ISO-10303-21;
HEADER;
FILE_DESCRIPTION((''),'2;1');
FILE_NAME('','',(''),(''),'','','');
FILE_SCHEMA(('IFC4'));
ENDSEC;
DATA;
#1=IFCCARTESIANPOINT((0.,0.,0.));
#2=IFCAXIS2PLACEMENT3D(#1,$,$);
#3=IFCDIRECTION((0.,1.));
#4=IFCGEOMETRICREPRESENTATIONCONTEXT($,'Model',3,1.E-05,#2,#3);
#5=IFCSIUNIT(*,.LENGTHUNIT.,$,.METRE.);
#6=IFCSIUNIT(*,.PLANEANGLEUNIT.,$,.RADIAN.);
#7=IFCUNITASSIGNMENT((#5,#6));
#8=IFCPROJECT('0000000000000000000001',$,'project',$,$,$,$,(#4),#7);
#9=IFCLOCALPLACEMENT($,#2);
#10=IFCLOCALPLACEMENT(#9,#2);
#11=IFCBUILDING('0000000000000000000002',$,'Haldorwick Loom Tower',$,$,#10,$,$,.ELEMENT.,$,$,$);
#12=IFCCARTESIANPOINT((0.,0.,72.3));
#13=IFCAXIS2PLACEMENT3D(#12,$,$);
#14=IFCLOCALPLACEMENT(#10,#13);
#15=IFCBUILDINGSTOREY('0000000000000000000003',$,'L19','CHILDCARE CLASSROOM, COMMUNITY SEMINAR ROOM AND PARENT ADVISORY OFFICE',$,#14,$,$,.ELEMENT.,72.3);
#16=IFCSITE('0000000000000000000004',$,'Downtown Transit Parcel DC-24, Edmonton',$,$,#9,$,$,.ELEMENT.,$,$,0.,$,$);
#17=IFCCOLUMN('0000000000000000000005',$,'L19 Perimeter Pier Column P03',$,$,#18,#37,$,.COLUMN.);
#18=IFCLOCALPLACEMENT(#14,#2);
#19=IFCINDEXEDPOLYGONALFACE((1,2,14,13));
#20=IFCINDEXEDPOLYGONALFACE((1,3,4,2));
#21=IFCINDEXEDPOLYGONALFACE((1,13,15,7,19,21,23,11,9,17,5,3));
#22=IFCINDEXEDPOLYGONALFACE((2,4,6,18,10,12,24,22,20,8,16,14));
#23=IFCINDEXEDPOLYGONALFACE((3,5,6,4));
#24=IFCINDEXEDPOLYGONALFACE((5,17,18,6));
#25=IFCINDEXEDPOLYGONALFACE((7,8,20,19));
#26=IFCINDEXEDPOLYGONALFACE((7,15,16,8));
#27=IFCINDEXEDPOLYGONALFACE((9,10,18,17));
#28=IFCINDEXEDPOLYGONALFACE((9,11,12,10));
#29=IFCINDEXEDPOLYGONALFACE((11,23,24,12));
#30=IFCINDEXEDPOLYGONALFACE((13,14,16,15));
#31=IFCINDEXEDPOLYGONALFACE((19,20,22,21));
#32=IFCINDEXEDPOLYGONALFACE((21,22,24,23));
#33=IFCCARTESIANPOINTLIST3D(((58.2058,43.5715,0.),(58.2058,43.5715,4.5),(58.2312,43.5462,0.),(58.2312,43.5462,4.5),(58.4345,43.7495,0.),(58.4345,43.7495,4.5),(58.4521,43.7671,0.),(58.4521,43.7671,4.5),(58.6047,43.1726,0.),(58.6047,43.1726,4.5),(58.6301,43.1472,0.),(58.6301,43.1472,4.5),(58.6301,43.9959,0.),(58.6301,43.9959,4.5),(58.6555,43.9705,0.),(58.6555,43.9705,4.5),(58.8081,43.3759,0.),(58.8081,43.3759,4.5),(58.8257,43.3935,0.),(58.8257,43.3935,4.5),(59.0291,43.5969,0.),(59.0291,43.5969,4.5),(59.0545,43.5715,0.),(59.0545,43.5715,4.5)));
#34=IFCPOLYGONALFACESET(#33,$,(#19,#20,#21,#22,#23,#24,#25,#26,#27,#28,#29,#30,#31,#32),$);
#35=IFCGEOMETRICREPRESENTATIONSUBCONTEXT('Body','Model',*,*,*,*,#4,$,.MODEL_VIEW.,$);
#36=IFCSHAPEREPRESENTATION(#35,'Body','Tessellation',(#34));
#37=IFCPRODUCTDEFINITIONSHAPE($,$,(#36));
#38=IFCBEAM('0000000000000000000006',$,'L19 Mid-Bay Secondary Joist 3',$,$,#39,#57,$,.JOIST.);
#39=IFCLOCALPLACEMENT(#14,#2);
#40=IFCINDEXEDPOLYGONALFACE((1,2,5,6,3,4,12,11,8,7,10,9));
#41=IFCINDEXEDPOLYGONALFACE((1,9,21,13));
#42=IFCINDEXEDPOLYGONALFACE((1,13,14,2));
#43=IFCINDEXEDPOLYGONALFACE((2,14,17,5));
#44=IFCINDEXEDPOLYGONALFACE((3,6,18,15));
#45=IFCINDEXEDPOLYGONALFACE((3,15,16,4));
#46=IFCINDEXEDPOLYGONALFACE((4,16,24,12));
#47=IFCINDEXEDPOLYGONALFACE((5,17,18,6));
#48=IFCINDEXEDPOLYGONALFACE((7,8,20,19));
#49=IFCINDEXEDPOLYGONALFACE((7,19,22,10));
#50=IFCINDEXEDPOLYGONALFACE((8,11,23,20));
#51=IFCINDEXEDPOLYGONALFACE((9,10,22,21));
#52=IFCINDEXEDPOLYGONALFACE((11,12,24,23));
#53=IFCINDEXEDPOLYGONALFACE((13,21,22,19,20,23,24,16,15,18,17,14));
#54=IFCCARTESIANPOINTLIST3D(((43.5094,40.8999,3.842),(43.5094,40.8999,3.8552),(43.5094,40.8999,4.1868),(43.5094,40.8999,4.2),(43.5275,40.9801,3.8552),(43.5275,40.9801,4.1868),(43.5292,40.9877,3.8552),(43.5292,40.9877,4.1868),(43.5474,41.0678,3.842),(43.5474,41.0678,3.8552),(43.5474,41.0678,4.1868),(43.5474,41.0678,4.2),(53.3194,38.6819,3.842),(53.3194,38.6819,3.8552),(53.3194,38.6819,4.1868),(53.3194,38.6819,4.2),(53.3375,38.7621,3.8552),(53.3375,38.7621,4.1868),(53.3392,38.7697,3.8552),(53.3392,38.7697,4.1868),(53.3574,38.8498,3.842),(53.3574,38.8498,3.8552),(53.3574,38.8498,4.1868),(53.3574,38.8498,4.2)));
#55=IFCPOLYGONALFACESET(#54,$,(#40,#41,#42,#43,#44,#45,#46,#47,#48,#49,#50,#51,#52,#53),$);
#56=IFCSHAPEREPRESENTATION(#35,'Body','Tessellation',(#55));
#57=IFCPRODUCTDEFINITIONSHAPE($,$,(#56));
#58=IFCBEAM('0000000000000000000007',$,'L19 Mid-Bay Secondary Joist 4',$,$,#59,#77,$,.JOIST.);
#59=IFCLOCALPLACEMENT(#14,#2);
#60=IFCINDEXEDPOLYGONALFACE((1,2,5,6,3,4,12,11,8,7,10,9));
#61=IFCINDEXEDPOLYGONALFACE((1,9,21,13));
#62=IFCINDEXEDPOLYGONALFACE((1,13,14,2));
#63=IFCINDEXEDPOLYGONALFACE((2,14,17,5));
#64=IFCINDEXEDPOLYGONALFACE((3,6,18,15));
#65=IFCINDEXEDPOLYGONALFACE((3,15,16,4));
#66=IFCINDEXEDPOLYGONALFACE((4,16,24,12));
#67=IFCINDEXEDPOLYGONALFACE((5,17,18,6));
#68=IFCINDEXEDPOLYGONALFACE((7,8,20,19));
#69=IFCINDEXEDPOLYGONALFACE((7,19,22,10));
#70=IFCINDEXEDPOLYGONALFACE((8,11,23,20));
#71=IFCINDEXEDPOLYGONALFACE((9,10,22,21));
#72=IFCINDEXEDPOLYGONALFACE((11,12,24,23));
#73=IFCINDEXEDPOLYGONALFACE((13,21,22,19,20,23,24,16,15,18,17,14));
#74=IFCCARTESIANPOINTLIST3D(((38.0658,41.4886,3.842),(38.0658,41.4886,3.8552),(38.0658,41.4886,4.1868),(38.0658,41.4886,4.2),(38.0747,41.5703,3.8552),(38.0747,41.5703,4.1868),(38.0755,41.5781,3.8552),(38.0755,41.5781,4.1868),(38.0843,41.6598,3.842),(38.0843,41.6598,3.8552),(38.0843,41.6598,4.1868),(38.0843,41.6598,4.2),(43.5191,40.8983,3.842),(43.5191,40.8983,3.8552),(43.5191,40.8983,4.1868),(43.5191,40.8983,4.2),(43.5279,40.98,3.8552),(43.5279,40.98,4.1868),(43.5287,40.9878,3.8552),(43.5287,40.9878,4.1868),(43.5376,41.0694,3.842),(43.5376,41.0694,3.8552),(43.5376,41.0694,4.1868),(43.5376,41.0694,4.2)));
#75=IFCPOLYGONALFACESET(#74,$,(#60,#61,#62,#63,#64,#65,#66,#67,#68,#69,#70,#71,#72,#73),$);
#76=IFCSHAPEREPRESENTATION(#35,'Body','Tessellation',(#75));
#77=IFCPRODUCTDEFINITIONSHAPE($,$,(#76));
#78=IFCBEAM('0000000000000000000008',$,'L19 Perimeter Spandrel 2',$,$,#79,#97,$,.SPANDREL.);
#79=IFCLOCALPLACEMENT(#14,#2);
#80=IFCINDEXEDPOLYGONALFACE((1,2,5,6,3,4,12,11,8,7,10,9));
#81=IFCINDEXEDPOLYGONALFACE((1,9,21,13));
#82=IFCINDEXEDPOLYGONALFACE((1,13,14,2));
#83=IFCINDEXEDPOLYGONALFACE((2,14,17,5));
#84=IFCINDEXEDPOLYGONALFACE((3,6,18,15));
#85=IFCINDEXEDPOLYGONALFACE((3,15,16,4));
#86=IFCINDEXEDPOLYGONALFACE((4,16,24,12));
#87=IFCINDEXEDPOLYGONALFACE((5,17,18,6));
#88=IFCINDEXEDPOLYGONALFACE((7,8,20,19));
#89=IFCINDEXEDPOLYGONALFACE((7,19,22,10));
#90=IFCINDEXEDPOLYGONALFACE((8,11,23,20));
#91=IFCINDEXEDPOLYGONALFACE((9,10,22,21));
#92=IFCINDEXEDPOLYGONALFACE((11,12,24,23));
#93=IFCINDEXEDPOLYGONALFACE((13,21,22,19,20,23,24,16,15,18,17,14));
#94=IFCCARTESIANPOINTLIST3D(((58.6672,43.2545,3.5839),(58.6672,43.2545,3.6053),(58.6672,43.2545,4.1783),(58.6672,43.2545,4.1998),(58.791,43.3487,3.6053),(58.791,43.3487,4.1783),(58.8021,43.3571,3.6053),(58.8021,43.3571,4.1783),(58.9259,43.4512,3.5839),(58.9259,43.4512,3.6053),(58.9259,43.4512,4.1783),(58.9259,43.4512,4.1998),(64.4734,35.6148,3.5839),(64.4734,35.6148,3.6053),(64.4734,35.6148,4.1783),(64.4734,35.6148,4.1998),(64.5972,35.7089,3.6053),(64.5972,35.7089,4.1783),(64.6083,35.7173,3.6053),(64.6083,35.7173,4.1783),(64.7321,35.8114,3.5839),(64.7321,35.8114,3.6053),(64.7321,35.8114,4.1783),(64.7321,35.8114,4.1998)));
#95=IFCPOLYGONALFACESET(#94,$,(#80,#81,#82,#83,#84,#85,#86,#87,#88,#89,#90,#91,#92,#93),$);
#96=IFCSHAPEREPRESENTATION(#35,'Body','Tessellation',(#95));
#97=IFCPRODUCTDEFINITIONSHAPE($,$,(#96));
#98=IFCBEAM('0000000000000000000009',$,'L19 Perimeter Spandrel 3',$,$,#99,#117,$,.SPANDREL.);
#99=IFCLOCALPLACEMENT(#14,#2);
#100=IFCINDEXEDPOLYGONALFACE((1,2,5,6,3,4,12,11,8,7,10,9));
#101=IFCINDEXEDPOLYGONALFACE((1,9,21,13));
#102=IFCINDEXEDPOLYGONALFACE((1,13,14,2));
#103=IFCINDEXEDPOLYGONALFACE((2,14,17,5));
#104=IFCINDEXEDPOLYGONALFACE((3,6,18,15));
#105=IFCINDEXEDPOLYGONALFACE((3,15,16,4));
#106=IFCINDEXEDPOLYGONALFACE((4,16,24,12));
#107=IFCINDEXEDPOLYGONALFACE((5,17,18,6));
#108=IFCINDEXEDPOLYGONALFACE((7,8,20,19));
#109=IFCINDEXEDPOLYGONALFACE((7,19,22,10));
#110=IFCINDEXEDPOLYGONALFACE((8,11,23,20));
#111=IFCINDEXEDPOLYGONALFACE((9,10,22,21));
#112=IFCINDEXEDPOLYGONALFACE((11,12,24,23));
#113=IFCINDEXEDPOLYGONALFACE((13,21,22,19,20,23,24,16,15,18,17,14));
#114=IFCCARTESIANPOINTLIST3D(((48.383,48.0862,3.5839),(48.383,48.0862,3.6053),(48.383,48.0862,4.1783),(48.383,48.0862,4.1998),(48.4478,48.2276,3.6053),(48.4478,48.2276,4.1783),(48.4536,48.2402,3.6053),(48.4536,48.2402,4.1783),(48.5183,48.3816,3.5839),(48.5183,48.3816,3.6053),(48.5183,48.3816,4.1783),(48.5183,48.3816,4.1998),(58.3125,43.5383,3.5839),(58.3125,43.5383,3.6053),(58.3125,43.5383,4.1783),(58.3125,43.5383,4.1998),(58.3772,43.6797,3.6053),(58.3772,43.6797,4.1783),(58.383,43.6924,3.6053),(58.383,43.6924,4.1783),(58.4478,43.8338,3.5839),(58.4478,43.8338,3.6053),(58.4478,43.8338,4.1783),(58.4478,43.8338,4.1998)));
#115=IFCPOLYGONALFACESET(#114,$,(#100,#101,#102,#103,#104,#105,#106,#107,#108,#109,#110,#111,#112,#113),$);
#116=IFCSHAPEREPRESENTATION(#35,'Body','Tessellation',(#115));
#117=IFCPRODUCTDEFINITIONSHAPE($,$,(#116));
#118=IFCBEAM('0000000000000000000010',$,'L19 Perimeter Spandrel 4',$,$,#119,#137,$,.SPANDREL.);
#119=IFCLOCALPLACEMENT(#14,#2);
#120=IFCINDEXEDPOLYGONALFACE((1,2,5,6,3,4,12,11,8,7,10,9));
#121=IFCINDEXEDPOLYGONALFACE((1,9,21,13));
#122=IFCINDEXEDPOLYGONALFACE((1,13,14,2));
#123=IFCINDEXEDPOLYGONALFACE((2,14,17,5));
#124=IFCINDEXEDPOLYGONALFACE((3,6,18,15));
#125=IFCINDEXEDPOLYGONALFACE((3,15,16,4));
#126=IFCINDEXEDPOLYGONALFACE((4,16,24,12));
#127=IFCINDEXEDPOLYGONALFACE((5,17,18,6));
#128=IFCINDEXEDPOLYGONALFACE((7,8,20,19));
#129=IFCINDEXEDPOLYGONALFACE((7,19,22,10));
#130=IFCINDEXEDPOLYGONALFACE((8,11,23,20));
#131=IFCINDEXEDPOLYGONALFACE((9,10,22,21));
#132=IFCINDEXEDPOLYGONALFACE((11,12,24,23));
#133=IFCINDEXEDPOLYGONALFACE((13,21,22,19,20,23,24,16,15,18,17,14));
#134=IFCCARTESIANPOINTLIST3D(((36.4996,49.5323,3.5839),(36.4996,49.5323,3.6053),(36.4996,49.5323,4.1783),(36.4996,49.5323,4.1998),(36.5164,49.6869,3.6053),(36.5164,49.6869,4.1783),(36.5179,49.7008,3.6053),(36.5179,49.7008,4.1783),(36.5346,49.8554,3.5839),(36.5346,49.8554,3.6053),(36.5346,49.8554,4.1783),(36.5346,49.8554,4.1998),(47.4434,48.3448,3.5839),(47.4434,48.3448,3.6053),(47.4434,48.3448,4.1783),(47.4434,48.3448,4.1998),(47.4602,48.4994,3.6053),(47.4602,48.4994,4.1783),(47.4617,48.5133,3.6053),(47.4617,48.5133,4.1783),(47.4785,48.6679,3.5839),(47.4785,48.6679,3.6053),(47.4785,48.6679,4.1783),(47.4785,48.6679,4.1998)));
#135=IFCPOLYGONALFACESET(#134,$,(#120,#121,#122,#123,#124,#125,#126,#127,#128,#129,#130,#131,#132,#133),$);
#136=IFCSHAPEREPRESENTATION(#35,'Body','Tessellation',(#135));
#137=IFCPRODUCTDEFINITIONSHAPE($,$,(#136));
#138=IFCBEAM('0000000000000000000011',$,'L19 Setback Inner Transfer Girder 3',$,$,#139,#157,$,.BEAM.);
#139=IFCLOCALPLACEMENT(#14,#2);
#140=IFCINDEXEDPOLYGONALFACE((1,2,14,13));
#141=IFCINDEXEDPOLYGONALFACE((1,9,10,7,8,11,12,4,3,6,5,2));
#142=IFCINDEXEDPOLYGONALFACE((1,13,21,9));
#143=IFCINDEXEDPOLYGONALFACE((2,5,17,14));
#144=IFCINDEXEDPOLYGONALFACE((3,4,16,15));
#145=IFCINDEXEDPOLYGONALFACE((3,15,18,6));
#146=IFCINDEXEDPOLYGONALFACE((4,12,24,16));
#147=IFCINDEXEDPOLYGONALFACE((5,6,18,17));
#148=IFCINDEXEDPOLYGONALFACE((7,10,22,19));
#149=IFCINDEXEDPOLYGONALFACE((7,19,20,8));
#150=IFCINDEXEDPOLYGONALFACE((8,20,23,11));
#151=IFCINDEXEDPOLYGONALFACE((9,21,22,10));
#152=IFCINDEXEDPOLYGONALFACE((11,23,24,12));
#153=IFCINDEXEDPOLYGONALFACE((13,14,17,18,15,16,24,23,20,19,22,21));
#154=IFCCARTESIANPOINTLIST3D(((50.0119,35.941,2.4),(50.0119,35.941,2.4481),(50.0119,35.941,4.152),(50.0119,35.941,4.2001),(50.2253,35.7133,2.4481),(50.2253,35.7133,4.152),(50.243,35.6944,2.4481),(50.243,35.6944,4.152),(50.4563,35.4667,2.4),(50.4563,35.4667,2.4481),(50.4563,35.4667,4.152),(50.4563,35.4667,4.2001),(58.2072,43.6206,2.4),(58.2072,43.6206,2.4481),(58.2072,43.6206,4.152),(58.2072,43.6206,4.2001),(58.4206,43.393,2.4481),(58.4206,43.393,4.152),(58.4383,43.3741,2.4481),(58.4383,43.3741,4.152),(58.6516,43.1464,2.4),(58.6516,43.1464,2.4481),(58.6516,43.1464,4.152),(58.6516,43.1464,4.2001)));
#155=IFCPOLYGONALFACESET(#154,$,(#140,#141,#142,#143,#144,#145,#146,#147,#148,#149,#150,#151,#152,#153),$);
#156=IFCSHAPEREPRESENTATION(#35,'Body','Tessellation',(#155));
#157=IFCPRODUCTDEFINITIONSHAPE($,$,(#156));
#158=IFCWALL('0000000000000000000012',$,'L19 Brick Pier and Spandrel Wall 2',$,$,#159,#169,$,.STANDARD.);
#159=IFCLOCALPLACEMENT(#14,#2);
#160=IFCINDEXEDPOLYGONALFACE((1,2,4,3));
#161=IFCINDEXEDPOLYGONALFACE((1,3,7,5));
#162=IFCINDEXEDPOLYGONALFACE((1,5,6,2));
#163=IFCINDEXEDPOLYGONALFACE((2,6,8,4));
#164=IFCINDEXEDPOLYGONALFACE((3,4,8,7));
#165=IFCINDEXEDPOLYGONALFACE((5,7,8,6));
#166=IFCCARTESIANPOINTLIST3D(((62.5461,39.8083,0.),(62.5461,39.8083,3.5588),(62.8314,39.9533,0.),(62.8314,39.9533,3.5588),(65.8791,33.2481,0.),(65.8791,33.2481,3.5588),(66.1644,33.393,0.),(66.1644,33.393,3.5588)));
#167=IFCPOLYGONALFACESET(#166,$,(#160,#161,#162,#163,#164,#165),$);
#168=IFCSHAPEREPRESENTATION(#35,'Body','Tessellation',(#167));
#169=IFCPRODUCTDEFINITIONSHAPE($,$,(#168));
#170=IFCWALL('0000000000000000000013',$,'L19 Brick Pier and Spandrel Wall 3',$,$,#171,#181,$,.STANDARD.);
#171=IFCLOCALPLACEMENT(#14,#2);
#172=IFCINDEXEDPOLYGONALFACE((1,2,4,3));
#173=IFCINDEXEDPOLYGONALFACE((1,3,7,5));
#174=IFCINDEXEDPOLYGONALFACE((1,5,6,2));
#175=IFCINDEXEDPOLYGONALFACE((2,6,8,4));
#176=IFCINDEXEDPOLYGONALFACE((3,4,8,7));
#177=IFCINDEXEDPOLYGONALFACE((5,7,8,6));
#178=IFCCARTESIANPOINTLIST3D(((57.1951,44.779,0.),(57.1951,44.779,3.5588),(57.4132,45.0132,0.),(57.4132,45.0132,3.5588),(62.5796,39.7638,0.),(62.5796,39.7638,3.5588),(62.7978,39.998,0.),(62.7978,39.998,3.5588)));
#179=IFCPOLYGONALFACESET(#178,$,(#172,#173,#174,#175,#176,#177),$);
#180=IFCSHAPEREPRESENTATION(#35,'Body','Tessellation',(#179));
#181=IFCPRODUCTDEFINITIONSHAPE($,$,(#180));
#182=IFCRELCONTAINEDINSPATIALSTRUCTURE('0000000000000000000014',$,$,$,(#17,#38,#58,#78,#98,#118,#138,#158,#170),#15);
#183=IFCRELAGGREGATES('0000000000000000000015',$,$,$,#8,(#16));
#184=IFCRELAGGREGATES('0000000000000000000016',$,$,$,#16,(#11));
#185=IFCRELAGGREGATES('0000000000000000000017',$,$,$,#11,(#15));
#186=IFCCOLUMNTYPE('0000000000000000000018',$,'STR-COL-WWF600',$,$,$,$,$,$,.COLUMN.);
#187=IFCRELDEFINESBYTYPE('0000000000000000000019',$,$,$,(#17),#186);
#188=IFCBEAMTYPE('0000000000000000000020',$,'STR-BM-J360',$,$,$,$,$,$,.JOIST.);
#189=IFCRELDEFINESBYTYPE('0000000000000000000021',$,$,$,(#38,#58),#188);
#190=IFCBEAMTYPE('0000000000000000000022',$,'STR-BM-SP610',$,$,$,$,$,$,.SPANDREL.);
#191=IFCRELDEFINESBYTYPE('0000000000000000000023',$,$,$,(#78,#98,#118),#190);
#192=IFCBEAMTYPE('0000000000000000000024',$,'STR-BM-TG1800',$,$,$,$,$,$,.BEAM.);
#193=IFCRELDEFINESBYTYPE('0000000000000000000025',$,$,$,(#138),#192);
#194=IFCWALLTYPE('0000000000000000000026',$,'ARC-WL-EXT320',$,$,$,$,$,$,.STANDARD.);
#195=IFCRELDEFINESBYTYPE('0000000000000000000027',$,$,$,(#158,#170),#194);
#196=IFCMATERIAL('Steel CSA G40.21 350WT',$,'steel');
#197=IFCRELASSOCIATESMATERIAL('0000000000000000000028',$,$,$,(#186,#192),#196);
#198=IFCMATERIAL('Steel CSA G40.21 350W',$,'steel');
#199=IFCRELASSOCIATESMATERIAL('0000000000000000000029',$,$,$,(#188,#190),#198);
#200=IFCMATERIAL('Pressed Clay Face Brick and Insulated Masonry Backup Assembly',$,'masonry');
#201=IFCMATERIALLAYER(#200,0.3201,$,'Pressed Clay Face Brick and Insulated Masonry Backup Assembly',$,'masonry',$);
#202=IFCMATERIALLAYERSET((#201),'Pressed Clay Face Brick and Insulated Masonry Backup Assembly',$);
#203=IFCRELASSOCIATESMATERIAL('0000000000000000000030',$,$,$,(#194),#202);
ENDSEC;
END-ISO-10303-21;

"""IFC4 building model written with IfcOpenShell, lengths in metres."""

from ifc_helpers import new_model, si_unit, direction, frame, frame_2d, origin, origin_2d, place, context, subcontext, project, spatial, rectangle, i_section, extrude, material, layer, layer_set, material_profile, profile_set, type_object, element, save


model = new_model("IFC4")

# Units and contexts
model_context = context("Model", 3, precision=1e-05, world=origin(), true_north=direction((0.0, 1.0)))
body_context = subcontext(model_context, "Body", "Model", "MODEL_VIEW")
ifc_project = project(units=[si_unit("LENGTHUNIT", "METRE"), si_unit("PLANEANGLEUNIT", "RADIAN")], contexts=[model_context])

# Site, building, storey
site_placement = place(None, origin())
site = spatial("IfcSite", under=ifc_project, at=site_placement, Name="Downtown Transit Parcel DC-24, Edmonton", CompositionType="ELEMENT", RefElevation=0.0)
building_placement = place(site_placement, origin())
building = spatial("IfcBuilding", under=site, at=building_placement, Name="Haldorwick Loom Tower", CompositionType="ELEMENT")
storey_placement = place(building_placement, frame((0.0, 0.0, 72.3)))
storey = spatial("IfcBuildingStorey", under=building, at=storey_placement, Name="L19", Description="CHILDCARE CLASSROOM, COMMUNITY SEMINAR ROOM AND PARENT ADVISORY OFFICE", CompositionType="ELEMENT", Elevation=72.3)

# Column
ifc_material_1 = material(Name="Steel CSA G40.21 350WT", Category="steel")
ifc_material_profile_1 = material_profile(ifc_material_1, i_section(OverallWidth=0.6001, OverallDepth=0.6001, WebThickness=0.0249, FlangeThickness=0.0359, at=origin_2d()), Name="WWF600X600", Category="steel")
ifc_profile_set_1 = profile_set([ifc_material_profile_1], Name="Steel CSA G40.21 350WT")
column_type_1 = type_object("IfcColumnType", Name="STR-COL-WWF600", PredefinedType="COLUMN", material=ifc_profile_set_1)
column_placement = place(storey_placement, frame((58.6301, 43.5715, 0.0), z_axis=(0.0, 0.0, 1.0), x_axis=(0.707107, 0.707107, 0.0)))
element("IfcColumn", 1, at=column_placement, inside=storey, type_object=column_type_1, Name="L19 Perimeter Pier Column P03", PredefinedType="COLUMN", context=body_context, shape_type="SweptSolid", body=[
    extrude(i_section(OverallWidth=0.6001, OverallDepth=0.6001, WebThickness=0.0249, FlangeThickness=0.0359, at=origin_2d()), origin(), (0.0, 0.0, 1.0), 4.5),
])

# Beams
ifc_material_2 = material(Name="Steel CSA G40.21 350W", Category="steel")
ifc_material_profile_2 = material_profile(ifc_material_2, i_section(OverallWidth=0.1721, OverallDepth=0.3579, WebThickness=0.0078, FlangeThickness=0.0132, at=origin_2d()), Name="W360X57", Category="steel")
ifc_profile_set_2 = profile_set([ifc_material_profile_2], Name="Steel CSA G40.21 350W")
beam_type_1 = type_object("IfcBeamType", Name="STR-BM-J360", PredefinedType="JOIST", material=ifc_profile_set_2)
beam_1_placement = place(storey_placement, frame((53.3384, 38.7659, 4.021), z_axis=(-0.97538, 0.22053, 0.0), x_axis=(-0.22053, -0.97538, 0.0)))
element("IfcBeam", 2, at=beam_1_placement, inside=storey, type_object=beam_type_1, Name="L19 Mid-Bay Secondary Joist 3", PredefinedType="JOIST", context=body_context, shape_type="SweptSolid", body=[
    extrude(i_section(OverallWidth=0.1721, OverallDepth=0.3579, WebThickness=0.0078, FlangeThickness=0.0132, at=origin_2d()), origin(), (0.0, 0.0, 1.0), 10.0576),
])
beam_2_placement = place(storey_placement, frame((43.5283, 40.9839, 4.021), z_axis=(-0.994192, 0.107622, 0.0), x_axis=(-0.107622, -0.994192, 0.0)))
element("IfcBeam", 3, at=beam_2_placement, inside=storey, type_object=beam_type_1, Name="L19 Mid-Bay Secondary Joist 4", PredefinedType="JOIST", context=body_context, shape_type="SweptSolid", body=[
    extrude(i_section(OverallWidth=0.1721, OverallDepth=0.3579, WebThickness=0.0078, FlangeThickness=0.0132, at=origin_2d()), origin(), (0.0, 0.0, 1.0), 5.4851),
])
ifc_material_profile_3 = material_profile(ifc_material_2, i_section(OverallWidth=0.325, OverallDepth=0.616, WebThickness=0.0139, FlangeThickness=0.0215, at=origin_2d()), Name="W610X174", Category="steel")
ifc_profile_set_3 = profile_set([ifc_material_profile_3], Name="Steel CSA G40.21 350W")
beam_type_2 = type_object("IfcBeamType", Name="STR-BM-SP610", PredefinedType="SPANDREL", material=ifc_profile_set_3)
beam_3_placement = place(storey_placement, frame((64.6028, 35.7131, 3.8918), z_axis=(-0.605085, 0.796161, 0.0), x_axis=(-0.796161, -0.605085, 0.0)))
element("IfcBeam", 4, at=beam_3_placement, inside=storey, type_object=beam_type_2, Name="L19 Perimeter Spandrel 2", PredefinedType="SPANDREL", context=body_context, shape_type="SweptSolid", body=[
    extrude(i_section(OverallWidth=0.325, OverallDepth=0.616, WebThickness=0.0139, FlangeThickness=0.0215, at=origin_2d()), origin(), (0.0, 0.0, 1.0), 9.5957),
])
beam_4_placement = place(storey_placement, frame((58.3801, 43.686, 3.8918), z_axis=(-0.909174, 0.416417, 0.0), x_axis=(-0.416417, -0.909174, 0.0)))
element("IfcBeam", 5, at=beam_4_placement, inside=storey, type_object=beam_type_2, Name="L19 Perimeter Spandrel 3", PredefinedType="SPANDREL", context=body_context, shape_type="SweptSolid", body=[
    extrude(i_section(OverallWidth=0.325, OverallDepth=0.616, WebThickness=0.0139, FlangeThickness=0.0215, at=origin_2d()), origin(), (0.0, 0.0, 1.0), 10.9214),
])
beam_5_placement = place(storey_placement, frame((47.4609, 48.5063, 3.8918), z_axis=(-0.994164, 0.107875, 0.0), x_axis=(-0.107875, -0.994164, 0.0)))
element("IfcBeam", 6, at=beam_5_placement, inside=storey, type_object=beam_type_2, Name="L19 Perimeter Spandrel 4", PredefinedType="SPANDREL", context=body_context, shape_type="SweptSolid", body=[
    extrude(i_section(OverallWidth=0.325, OverallDepth=0.616, WebThickness=0.0139, FlangeThickness=0.0215, at=origin_2d()), origin(), (0.0, 0.0, 1.0), 11.0081),
])
ifc_material_profile_4 = material_profile(ifc_material_1, i_section(OverallWidth=0.6499, OverallDepth=1.8, WebThickness=0.0259, FlangeThickness=0.0481, at=origin_2d()), Name="WWF1800X650", Category="steel")
ifc_profile_set_4 = profile_set([ifc_material_profile_4], Name="Steel CSA G40.21 350WT")
beam_type_3 = type_object("IfcBeamType", Name="STR-BM-TG1800", PredefinedType="BEAM", material=ifc_profile_set_4)
beam_6_placement = place(storey_placement, frame((50.2341, 35.7039, 3.3), z_axis=(0.729689, 0.683779, 0.0), x_axis=(-0.683779, 0.729689, 0.0)))
element("IfcBeam", 7, at=beam_6_placement, inside=storey, type_object=beam_type_3, Name="L19 Setback Inner Transfer Girder 3", PredefinedType="BEAM", context=body_context, shape_type="SweptSolid", body=[
    extrude(i_section(OverallWidth=0.6499, OverallDepth=1.8, WebThickness=0.0259, FlangeThickness=0.0481, at=origin_2d()), origin(), (0.0, 0.0, 1.0), 11.2312),
])

# Walls
ifc_material_3 = material(Name="Pressed Clay Face Brick and Insulated Masonry Backup Assembly", Category="masonry")
ifc_layer_1 = layer(ifc_material_3, 0.3201, Name="Pressed Clay Face Brick and Insulated Masonry Backup Assembly", Category="masonry")
ifc_layer_set_1 = layer_set([ifc_layer_1], Name="Pressed Clay Face Brick and Insulated Masonry Backup Assembly")
wall_type_1 = type_object("IfcWallType", Name="ARC-WL-EXT320", PredefinedType="STANDARD", material=ifc_layer_set_1)
for number, where, z_axis, x_axis, name in (
    (8, (66.0217, 33.3206, 0.0), (0.0, 0.0, 1.0), (-0.452951, 0.891535, 0.0), "L19 Brick Pier and Spandrel Wall 2"),
    (9, (62.6887, 39.8809, 0.0), (0.0, 0.0, 1.0), (-0.731761, 0.681561, 0.0), "L19 Brick Pier and Spandrel Wall 3"),
):
    element("IfcWall", number, at=place(storey_placement, frame(where, z_axis=z_axis, x_axis=x_axis)), inside=storey, type_object=wall_type_1, Name=name, PredefinedType="STANDARD", context=body_context, shape_type="SweptSolid", body=[
        extrude(rectangle(XDim=7.3584, YDim=0.3201, at=frame_2d((3.6792, 0.0))), origin(), (0.0, 0.0, 1.0), 3.5588),
    ])

save(model, "model.ifc")
